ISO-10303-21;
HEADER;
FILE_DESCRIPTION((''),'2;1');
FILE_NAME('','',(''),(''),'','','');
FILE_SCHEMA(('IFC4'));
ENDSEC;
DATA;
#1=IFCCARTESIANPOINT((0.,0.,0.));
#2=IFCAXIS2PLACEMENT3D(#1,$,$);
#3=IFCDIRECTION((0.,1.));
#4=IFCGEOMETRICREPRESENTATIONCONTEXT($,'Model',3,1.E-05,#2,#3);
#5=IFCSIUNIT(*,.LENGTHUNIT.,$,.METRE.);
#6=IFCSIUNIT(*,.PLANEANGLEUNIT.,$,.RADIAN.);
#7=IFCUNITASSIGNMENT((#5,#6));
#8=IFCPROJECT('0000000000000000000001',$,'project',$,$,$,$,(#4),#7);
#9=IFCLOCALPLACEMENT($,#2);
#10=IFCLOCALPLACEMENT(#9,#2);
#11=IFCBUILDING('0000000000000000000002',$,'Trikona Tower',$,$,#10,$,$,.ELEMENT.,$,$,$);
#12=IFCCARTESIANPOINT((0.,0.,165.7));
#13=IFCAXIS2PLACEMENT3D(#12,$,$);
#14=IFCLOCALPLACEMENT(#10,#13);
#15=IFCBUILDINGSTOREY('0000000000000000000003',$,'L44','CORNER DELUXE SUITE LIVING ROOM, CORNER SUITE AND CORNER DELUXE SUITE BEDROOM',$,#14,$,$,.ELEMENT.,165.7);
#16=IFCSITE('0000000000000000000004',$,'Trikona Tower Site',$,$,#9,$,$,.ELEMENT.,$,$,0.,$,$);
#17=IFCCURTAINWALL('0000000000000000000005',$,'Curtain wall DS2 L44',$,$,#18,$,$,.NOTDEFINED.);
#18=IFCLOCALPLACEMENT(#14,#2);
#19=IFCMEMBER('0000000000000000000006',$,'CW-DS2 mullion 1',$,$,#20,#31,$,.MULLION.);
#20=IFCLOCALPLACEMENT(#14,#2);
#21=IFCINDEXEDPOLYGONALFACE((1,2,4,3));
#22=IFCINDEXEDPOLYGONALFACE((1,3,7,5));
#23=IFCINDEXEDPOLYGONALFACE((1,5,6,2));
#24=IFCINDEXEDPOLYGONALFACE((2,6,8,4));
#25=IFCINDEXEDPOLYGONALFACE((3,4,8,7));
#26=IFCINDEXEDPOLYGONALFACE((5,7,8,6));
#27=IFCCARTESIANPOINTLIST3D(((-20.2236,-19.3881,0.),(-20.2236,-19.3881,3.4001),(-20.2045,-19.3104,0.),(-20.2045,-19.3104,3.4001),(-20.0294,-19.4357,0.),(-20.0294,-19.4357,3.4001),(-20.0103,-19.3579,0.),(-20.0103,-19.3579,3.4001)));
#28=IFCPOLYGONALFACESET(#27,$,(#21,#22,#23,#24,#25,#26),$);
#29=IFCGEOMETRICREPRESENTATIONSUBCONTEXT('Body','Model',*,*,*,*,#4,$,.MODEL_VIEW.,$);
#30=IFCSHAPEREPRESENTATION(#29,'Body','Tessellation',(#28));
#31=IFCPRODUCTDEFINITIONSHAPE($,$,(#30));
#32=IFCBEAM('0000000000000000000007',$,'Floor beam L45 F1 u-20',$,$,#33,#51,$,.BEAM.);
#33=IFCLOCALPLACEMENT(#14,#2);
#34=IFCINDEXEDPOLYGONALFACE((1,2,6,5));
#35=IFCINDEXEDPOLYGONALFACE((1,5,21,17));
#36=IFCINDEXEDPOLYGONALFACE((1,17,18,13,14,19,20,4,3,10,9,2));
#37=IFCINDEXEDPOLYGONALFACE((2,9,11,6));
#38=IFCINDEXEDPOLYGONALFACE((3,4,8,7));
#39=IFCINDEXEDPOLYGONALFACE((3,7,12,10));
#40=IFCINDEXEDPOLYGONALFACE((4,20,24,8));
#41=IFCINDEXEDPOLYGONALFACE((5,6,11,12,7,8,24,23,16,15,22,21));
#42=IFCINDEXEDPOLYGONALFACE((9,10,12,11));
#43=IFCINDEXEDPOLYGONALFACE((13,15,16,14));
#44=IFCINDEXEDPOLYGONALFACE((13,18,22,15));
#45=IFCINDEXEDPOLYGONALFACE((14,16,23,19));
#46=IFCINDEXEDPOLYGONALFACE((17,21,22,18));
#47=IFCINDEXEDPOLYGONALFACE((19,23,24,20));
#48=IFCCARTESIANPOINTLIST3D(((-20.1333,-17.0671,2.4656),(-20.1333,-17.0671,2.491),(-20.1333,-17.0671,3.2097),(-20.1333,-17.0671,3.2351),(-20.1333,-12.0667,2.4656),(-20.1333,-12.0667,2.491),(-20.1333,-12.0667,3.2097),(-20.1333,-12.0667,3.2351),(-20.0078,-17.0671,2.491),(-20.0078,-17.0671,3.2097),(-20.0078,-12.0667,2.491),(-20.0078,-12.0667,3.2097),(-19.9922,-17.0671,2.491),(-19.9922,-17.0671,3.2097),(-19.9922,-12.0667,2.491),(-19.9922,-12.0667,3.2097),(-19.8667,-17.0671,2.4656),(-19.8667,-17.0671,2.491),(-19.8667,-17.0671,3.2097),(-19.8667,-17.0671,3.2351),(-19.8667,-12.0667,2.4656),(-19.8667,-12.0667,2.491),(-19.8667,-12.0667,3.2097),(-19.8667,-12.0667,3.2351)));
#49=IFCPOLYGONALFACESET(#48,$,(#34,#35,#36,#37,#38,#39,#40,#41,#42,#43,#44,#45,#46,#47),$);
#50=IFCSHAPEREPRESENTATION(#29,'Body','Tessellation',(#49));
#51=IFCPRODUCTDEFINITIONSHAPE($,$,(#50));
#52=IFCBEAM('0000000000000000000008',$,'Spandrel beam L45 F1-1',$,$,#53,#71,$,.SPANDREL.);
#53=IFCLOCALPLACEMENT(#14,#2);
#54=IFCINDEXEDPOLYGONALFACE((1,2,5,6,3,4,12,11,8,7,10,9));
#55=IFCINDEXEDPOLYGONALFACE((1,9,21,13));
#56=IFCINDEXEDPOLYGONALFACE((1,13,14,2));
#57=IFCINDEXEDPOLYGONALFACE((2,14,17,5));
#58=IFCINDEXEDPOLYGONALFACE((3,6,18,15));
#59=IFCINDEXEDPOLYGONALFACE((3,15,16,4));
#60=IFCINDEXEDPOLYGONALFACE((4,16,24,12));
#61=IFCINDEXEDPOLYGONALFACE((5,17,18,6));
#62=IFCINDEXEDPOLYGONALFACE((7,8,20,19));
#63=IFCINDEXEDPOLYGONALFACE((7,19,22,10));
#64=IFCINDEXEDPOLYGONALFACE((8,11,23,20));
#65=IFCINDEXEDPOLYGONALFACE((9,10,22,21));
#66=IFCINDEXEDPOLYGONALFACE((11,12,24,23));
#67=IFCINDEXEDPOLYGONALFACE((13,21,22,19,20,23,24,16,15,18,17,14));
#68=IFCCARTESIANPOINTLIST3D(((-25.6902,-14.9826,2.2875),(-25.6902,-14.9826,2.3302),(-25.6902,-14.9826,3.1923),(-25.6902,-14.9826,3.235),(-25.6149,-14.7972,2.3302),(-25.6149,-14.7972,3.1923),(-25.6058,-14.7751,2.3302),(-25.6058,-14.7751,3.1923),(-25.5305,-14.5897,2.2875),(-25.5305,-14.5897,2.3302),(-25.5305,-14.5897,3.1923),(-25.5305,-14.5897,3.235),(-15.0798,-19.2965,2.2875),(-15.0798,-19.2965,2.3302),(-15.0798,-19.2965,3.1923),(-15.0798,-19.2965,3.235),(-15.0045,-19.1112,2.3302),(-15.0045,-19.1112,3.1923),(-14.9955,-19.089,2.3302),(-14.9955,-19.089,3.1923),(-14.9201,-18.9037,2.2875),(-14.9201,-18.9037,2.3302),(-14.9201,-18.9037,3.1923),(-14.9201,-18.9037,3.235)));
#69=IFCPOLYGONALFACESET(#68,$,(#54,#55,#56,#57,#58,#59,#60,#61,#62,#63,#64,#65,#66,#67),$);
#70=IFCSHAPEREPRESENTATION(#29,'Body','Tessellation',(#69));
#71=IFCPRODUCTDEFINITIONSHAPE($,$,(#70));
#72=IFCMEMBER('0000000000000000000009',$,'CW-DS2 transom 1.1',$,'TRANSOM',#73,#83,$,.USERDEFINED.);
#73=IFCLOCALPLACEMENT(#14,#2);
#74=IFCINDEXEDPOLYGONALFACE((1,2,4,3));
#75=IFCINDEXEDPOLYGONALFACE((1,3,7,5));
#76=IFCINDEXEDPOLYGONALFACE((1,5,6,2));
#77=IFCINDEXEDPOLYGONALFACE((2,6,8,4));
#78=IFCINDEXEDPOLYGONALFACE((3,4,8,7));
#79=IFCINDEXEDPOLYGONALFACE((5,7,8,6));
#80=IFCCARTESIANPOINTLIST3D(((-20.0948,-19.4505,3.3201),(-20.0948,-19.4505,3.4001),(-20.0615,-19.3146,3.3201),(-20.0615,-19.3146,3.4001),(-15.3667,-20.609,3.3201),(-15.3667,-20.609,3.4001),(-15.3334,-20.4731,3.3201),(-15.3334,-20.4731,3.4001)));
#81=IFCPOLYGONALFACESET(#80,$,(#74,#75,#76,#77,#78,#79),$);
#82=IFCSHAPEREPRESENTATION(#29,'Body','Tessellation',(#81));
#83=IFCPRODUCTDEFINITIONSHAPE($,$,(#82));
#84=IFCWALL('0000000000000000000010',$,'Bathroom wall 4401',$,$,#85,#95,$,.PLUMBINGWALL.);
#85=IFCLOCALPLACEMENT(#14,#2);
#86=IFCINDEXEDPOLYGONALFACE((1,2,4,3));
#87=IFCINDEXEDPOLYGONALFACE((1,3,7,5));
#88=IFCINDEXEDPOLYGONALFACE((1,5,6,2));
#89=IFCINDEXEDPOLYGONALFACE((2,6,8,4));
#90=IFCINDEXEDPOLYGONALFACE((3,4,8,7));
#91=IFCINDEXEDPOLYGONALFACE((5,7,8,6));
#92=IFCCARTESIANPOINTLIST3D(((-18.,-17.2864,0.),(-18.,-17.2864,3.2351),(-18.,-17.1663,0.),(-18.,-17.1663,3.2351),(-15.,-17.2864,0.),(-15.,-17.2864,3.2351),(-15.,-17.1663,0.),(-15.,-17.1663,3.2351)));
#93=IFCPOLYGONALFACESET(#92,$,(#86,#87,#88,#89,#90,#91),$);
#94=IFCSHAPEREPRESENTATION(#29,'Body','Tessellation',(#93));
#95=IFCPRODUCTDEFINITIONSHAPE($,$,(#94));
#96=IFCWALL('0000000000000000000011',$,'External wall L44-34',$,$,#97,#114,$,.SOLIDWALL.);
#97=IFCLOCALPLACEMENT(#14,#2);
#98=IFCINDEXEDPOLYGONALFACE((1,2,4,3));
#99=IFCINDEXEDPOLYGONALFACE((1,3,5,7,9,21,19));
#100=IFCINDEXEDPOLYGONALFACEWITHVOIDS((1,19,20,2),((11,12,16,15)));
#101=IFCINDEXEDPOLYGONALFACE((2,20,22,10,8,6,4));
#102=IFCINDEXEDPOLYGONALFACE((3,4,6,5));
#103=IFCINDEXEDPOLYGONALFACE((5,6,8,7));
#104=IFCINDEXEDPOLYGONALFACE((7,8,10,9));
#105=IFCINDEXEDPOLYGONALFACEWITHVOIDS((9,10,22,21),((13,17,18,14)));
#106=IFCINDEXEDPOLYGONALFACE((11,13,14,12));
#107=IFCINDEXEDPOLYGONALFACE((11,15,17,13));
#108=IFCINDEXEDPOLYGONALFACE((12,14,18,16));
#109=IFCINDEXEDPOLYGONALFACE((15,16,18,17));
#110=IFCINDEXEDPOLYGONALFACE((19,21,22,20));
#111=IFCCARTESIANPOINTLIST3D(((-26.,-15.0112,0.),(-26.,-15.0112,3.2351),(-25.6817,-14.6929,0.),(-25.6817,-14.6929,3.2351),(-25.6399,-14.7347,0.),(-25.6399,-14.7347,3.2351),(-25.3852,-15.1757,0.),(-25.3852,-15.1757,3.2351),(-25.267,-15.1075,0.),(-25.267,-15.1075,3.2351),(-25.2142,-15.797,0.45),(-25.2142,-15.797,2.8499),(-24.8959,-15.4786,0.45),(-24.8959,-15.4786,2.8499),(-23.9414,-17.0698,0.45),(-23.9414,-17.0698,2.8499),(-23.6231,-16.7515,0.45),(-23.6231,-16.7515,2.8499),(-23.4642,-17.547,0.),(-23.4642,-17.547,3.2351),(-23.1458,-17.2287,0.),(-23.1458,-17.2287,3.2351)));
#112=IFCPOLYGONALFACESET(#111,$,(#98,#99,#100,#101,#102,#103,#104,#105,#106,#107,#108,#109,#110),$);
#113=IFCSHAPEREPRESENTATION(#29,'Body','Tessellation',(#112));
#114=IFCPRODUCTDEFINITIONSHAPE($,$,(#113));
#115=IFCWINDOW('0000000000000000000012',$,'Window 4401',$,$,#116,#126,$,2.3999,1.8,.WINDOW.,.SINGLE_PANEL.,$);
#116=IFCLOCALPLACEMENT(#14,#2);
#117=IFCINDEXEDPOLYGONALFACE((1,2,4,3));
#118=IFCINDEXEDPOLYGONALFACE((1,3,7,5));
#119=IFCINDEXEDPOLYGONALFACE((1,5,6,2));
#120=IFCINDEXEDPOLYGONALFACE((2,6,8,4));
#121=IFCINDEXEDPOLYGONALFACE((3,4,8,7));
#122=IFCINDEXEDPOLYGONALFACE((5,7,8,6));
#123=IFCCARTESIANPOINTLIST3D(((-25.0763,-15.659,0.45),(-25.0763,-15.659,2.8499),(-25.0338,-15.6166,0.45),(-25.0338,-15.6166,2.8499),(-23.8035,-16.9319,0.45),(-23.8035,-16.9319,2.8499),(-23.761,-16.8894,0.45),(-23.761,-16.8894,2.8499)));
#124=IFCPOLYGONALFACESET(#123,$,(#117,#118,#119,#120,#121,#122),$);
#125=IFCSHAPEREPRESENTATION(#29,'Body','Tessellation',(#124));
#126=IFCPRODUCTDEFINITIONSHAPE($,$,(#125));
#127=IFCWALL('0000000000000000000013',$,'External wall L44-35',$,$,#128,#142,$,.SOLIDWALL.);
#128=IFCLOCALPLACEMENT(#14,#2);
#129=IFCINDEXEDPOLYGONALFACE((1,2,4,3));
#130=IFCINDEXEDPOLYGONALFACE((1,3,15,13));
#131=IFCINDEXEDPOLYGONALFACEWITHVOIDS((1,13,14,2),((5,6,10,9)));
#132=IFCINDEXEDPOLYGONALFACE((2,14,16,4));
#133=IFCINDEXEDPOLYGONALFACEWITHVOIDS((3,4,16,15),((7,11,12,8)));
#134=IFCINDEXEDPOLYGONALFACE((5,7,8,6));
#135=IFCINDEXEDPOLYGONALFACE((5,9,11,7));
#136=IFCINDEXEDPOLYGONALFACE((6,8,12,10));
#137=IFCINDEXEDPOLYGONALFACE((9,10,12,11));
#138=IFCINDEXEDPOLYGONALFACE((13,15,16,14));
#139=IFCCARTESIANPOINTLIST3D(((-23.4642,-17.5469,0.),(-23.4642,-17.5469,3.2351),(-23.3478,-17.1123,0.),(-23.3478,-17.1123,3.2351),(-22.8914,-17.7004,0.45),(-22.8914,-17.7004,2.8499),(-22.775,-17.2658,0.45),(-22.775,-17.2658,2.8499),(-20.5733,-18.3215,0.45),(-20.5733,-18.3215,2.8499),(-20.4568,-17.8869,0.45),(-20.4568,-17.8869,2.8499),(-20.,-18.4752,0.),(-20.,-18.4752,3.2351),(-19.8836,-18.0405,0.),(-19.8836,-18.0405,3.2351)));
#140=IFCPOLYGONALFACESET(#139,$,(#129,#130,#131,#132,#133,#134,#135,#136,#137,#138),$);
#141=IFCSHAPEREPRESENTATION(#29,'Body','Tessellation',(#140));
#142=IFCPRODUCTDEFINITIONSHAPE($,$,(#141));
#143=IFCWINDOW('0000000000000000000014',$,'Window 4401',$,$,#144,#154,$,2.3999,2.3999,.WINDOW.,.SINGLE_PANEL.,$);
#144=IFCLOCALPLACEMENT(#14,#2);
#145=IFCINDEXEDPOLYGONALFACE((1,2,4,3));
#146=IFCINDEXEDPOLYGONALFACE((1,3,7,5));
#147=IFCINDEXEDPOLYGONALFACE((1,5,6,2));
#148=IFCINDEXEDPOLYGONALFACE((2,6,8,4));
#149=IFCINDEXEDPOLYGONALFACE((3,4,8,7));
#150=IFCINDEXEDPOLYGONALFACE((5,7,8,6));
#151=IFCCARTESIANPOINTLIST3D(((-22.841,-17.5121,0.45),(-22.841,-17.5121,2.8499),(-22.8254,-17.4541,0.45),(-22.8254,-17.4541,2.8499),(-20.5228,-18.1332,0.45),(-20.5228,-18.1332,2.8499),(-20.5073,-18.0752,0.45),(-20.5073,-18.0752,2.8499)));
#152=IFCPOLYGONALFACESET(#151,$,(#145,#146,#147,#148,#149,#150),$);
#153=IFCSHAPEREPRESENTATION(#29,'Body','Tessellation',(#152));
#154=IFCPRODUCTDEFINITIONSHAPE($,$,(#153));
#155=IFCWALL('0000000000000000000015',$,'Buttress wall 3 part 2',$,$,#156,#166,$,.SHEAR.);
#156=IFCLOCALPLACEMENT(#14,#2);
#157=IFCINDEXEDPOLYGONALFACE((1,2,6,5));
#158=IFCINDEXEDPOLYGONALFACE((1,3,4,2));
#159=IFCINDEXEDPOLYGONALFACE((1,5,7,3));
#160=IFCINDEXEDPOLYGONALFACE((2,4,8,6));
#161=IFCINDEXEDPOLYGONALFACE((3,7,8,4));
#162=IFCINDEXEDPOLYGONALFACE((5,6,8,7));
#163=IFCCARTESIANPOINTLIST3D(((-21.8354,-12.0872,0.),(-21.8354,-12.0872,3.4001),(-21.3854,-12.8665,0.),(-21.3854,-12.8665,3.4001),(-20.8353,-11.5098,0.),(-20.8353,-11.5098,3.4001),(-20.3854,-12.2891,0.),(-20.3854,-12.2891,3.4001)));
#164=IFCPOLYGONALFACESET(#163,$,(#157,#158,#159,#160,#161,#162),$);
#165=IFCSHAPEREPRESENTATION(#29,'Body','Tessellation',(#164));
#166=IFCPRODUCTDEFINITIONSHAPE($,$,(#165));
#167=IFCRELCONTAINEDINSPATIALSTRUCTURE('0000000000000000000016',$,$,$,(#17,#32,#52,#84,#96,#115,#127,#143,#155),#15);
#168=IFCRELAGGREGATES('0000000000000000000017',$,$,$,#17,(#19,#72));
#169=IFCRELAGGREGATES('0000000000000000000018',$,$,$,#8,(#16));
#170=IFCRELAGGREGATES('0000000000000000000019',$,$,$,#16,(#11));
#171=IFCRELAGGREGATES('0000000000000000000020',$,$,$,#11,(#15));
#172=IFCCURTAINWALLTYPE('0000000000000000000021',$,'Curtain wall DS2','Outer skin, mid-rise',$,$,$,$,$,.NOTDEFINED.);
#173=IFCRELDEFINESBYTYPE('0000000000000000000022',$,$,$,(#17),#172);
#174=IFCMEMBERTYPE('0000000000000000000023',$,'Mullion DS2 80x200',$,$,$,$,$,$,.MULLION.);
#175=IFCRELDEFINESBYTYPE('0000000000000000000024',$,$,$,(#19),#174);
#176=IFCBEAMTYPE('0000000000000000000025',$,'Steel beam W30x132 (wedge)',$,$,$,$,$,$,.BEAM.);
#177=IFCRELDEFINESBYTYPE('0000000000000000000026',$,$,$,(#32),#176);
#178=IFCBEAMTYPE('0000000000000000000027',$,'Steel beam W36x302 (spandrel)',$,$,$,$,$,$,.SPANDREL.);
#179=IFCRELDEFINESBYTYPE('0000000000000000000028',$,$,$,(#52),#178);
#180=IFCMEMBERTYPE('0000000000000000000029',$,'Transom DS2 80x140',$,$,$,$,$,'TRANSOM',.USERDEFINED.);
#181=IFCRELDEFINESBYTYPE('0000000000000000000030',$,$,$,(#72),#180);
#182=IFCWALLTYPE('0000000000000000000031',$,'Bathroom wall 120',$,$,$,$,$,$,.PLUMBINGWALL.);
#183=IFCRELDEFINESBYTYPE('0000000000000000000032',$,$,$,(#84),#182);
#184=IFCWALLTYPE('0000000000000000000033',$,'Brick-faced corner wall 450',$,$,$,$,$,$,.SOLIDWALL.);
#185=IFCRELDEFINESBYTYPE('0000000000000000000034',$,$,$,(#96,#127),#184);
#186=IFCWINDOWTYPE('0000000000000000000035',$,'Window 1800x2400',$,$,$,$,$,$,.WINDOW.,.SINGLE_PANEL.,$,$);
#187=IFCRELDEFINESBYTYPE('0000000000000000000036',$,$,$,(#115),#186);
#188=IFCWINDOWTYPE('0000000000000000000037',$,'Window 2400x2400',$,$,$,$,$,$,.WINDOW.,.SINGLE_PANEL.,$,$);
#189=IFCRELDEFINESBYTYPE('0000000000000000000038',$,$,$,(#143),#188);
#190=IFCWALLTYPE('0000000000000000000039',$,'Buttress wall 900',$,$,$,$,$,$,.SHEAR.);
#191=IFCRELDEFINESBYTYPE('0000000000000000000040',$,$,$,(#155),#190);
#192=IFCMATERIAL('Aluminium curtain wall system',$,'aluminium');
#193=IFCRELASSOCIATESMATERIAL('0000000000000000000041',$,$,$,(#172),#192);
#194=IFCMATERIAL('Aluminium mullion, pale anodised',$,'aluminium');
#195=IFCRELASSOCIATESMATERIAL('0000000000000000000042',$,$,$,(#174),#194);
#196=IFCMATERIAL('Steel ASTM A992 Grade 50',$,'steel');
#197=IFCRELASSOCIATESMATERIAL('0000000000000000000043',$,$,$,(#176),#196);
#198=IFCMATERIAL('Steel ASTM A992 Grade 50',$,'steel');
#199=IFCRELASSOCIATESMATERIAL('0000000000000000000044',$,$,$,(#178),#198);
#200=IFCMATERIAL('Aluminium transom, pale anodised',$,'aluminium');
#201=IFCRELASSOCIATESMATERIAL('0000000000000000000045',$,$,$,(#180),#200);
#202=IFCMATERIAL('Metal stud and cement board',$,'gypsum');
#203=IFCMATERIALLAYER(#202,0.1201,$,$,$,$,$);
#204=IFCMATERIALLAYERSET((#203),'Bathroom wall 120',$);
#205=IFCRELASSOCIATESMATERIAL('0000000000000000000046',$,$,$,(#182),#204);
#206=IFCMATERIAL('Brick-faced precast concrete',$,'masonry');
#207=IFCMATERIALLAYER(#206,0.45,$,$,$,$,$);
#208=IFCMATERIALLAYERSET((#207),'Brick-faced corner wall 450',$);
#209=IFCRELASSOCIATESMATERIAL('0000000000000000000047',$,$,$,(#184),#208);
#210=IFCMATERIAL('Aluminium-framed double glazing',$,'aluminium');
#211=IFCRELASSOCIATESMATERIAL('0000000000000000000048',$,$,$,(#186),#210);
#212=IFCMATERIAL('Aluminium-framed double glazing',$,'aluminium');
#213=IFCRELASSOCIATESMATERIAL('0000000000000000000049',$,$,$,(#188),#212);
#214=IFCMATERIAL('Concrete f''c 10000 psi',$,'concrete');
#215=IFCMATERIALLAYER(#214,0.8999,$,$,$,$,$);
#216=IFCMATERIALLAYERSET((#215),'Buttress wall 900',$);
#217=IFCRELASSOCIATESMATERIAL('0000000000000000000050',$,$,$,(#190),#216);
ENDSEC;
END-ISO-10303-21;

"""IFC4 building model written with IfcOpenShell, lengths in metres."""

from ifc_helpers import new_model, si_unit, direction, frame, frame_2d, origin, origin_2d, place, context, subcontext, project, spatial, polyline, rectangle, i_section, outline, extrude, material, layer, layer_set, material_profile, profile_set, type_object, element, fill, aggregate, save


model = new_model("IFC4")

# Units and contexts
model_context = context("Model", 3, precision=1e-05, world=origin(), true_north=direction((0.0, 1.0)))
body_context = subcontext(model_context, "Body", "Model", "MODEL_VIEW")
ifc_project = project(units=[si_unit("LENGTHUNIT", "METRE"), si_unit("PLANEANGLEUNIT", "RADIAN")], contexts=[model_context])

# Site, building, storey
site_placement = place(None, origin())
site = spatial("IfcSite", under=ifc_project, at=site_placement, Name="Trikona Tower Site", CompositionType="ELEMENT", RefElevation=0.0)
building_placement = place(site_placement, origin())
building = spatial("IfcBuilding", under=site, at=building_placement, Name="Trikona Tower", CompositionType="ELEMENT")
storey_placement = place(building_placement, frame((0.0, 0.0, 165.7)))
storey = spatial("IfcBuildingStorey", under=building, at=storey_placement, Name="L44", Description="CORNER DELUXE SUITE LIVING ROOM, CORNER SUITE AND CORNER DELUXE SUITE BEDROOM", CompositionType="ELEMENT", Elevation=165.7)

# Curtain wall, member
ifc_material_1 = material(Name="Aluminium curtain wall system", Category="aluminium")
curtain_wall_type = type_object("IfcCurtainWallType", Name="Curtain wall DS2", Description="Outer skin, mid-rise", PredefinedType="NOTDEFINED", material=ifc_material_1)
curtain_wall_placement = place(storey_placement, origin())
curtain_wall = element("IfcCurtainWall", 1, at=curtain_wall_placement, inside=storey, type_object=curtain_wall_type, Name="Curtain wall DS2 L44", PredefinedType="NOTDEFINED")
ifc_material_2 = material(Name="Aluminium mullion, pale anodised", Category="aluminium")
ifc_material_profile_1 = material_profile(ifc_material_2, rectangle(XDim=0.0801, YDim=0.2, at=origin_2d()), Name="MUL-DS2")
ifc_profile_set_1 = profile_set([ifc_material_profile_1], Name="Aluminium mullion, pale anodised")
member_type_1 = type_object("IfcMemberType", Name="Mullion DS2 80x200", PredefinedType="MULLION", material=ifc_profile_set_1)
member_1_placement = place(storey_placement, frame((-20.1169, -19.373, 0.0), z_axis=(0.0, 0.0, 1.0), x_axis=(0.23797, 0.971272, 0.0)))
member_1 = element("IfcMember", 2, at=member_1_placement, type_object=member_type_1, Name="CW-DS2 mullion 1", PredefinedType="MULLION", context=body_context, shape_type="SweptSolid", body=[
    extrude(rectangle(XDim=0.0801, YDim=0.2, at=origin_2d()), origin(), (0.0, 0.0, 1.0), 3.4001),
])

# Beams
ifc_material_3 = material(Name="Steel ASTM A992 Grade 50", Category="steel")
ifc_material_profile_2 = material_profile(ifc_material_3, i_section(OverallWidth=0.2666, OverallDepth=0.7695, WebThickness=0.0156, FlangeThickness=0.0254, at=origin_2d()), Name="W30X132")
ifc_profile_set_2 = profile_set([ifc_material_profile_2], Name="Steel ASTM A992 Grade 50")
beam_type_1 = type_object("IfcBeamType", Name="Steel beam W30x132 (wedge)", PredefinedType="BEAM", material=ifc_profile_set_2)
beam_1_placement = place(storey_placement, frame((-20.0, -12.0667, 2.8503), z_axis=(0.0, -1.0, 0.0), x_axis=(1.0, 0.0, 0.0)))
element("IfcBeam", 3, at=beam_1_placement, inside=storey, type_object=beam_type_1, Name="Floor beam L45 F1 u-20", PredefinedType="BEAM", context=body_context, shape_type="SweptSolid", body=[
    extrude(i_section(OverallWidth=0.2666, OverallDepth=0.7695, WebThickness=0.0156, FlangeThickness=0.0254, at=origin_2d()), origin(), (0.0, 0.0, 1.0), 5.0005),
])
ifc_material_4 = material(Name="Steel ASTM A992 Grade 50", Category="steel")
ifc_material_profile_3 = material_profile(ifc_material_4, i_section(OverallWidth=0.4241, OverallDepth=0.9475, WebThickness=0.0239, FlangeThickness=0.0427, at=origin_2d()), Name="W36X302")
ifc_profile_set_3 = profile_set([ifc_material_profile_3], Name="Steel ASTM A992 Grade 50")
beam_type_2 = type_object("IfcBeamType", Name="Steel beam W36x302 (spandrel)", PredefinedType="SPANDREL", material=ifc_profile_set_3)
beam_2_placement = place(storey_placement, frame((-25.6104, -14.7861, 2.7612), z_axis=(0.92636, -0.37664, 0.0), x_axis=(0.37664, 0.92636, 0.0)))
element("IfcBeam", 4, at=beam_2_placement, inside=storey, type_object=beam_type_2, Name="Spandrel beam L45 F1-1", PredefinedType="SPANDREL", context=body_context, shape_type="SweptSolid", body=[
    extrude(i_section(OverallWidth=0.4241, OverallDepth=0.9475, WebThickness=0.0239, FlangeThickness=0.0427, at=origin_2d()), origin(), (0.0, 0.0, 1.0), 11.4539),
])

# Member
ifc_material_5 = material(Name="Aluminium transom, pale anodised", Category="aluminium")
ifc_material_profile_4 = material_profile(ifc_material_5, rectangle(XDim=0.1399, YDim=0.0801, at=origin_2d()), Name="TRN-DS2")
ifc_profile_set_4 = profile_set([ifc_material_profile_4], Name="Aluminium transom, pale anodised")
member_type_2 = type_object("IfcMemberType", Name="Transom DS2 80x140", ElementType="TRANSOM", PredefinedType="USERDEFINED", material=ifc_profile_set_4)
member_2_placement = place(storey_placement, frame((-20.0781, -19.3826, 3.3601), z_axis=(0.971271, -0.237978, 0.0), x_axis=(0.237978, 0.971271, 0.0)))
member_2 = element("IfcMember", 5, at=member_2_placement, type_object=member_type_2, Name="CW-DS2 transom 1.1", ObjectType="TRANSOM", PredefinedType="USERDEFINED", context=body_context, shape_type="SweptSolid", body=[
    extrude(rectangle(XDim=0.1399, YDim=0.0801, at=origin_2d()), origin(), (0.0, 0.0, 1.0), 4.8679),
])
aggregate(curtain_wall, [member_1, member_2])

# Wall
ifc_material_6 = material(Name="Metal stud and cement board", Category="gypsum")
ifc_layer_1 = layer(ifc_material_6, 0.1201)
ifc_layer_set_1 = layer_set([ifc_layer_1], Name="Bathroom wall 120")
wall_type_1 = type_object("IfcWallType", Name="Bathroom wall 120", PredefinedType="PLUMBINGWALL", material=ifc_layer_set_1)
wall_1_placement = place(storey_placement, frame((-18.0, -17.2263, 0.0), z_axis=(0.0, 0.0, 1.0), x_axis=(1.0, 0.0, 0.0)))
element("IfcWall", 6, at=wall_1_placement, inside=storey, type_object=wall_type_1, Name="Bathroom wall 4401", PredefinedType="PLUMBINGWALL", context=body_context, shape_type="SweptSolid", body=[
    extrude(rectangle(XDim=3.0, YDim=0.1201, at=frame_2d((1.5, 0.0))), origin(), (0.0, 0.0, 1.0), 3.2351),
])

# Walls, openings, windows
ifc_material_7 = material(Name="Brick-faced precast concrete", Category="masonry")
ifc_layer_2 = layer(ifc_material_7, 0.45)
ifc_layer_set_2 = layer_set([ifc_layer_2], Name="Brick-faced corner wall 450")
wall_type_2 = type_object("IfcWallType", Name="Brick-faced corner wall 450", PredefinedType="SOLIDWALL", material=ifc_layer_set_2)
wall_2_placement = place(storey_placement, frame((-25.8408, -14.8521, 0.0), z_axis=(0.0, 0.0, 1.0), x_axis=(0.707107, -0.707107, 0.0)))
wall_2 = element("IfcWall", 7, at=wall_2_placement, inside=storey, type_object=wall_type_2, Name="External wall L44-34", PredefinedType="SOLIDWALL", context=body_context, shape_type="SweptSolid", body=[
    extrude(outline(polyline([(3.5862, 0.2251), (0.5864, 0.2251), (0.551, 0.0933), (0.0591, 0.2251), (0.0, 0.2251), (0.0, -0.2251), (3.5862, -0.2251), (3.5862, 0.2251)])), origin(), (0.0, 0.0, 1.0), 3.2351),
])
opening_1_placement = place(wall_2_placement, frame((1.1113, 0.0, 0.45)))
opening_1 = element("IfcOpeningElement", 8, at=opening_1_placement, cuts=wall_2, PredefinedType="OPENING", context=body_context, shape_type="SweptSolid", body=[
    extrude(rectangle(XDim=1.8, YDim=2.3999, at=frame_2d((0.8999, 1.2))), frame((0.0, 0.2349, 0.0), z_axis=(0.0, -1.0, 0.0), x_axis=(1.0, 0.0, 0.0)), (0.0, 0.0, 1.0), 0.47),
])
ifc_material_8 = material(Name="Aluminium-framed double glazing", Category="aluminium")
window_type_1 = type_object("IfcWindowType", Name="Window 1800x2400", PartitioningType="SINGLE_PANEL", PredefinedType="WINDOW", material=ifc_material_8)
window_1_placement = place(opening_1_placement, origin())
window_1 = element("IfcWindow", 9, at=window_1_placement, inside=storey, type_object=window_type_1, Name="Window 4401", OverallHeight=2.3999, OverallWidth=1.8, PartitioningType="SINGLE_PANEL", PredefinedType="WINDOW", context=body_context, shape_type="SweptSolid", body=[
    extrude(rectangle(XDim=1.8, YDim=2.3999, at=frame_2d((0.8999, 1.2))), frame((0.0, 0.03, 0.0), z_axis=(0.0, -1.0, 0.0), x_axis=(1.0, 0.0, 0.0)), (0.0, 0.0, 1.0), 0.0601),
])
fill(opening_1, window_1)
wall_3_placement = place(storey_placement, frame((-23.406, -17.3296, 0.0), z_axis=(0.0, 0.0, 1.0), x_axis=(0.965925, -0.258823, 0.0)))
wall_3 = element("IfcWall", 10, at=wall_3_placement, inside=storey, type_object=wall_type_2, Name="External wall L44-35", PredefinedType="SOLIDWALL", context=body_context, shape_type="SweptSolid", body=[
    extrude(rectangle(XDim=3.5864, YDim=0.45, at=frame_2d((1.7932, 0.0))), origin(), (0.0, 0.0, 1.0), 3.2351),
])
opening_2_placement = place(wall_3_placement, frame((0.593, 0.0, 0.45)))
opening_2 = element("IfcOpeningElement", 11, at=opening_2_placement, cuts=wall_3, PredefinedType="OPENING", context=body_context, shape_type="SweptSolid", body=[
    extrude(rectangle(XDim=2.3999, YDim=2.3999, at=frame_2d((1.2, 1.2))), frame((0.0, 0.2349, 0.0), z_axis=(0.0, -1.0, 0.0), x_axis=(1.0, 0.0, 0.0)), (0.0, 0.0, 1.0), 0.47),
])
ifc_material_9 = material(Name="Aluminium-framed double glazing", Category="aluminium")
window_type_2 = type_object("IfcWindowType", Name="Window 2400x2400", PartitioningType="SINGLE_PANEL", PredefinedType="WINDOW", material=ifc_material_9)
window_2_placement = place(opening_2_placement, origin())
window_2 = element("IfcWindow", 12, at=window_2_placement, inside=storey, type_object=window_type_2, Name="Window 4401", OverallHeight=2.3999, OverallWidth=2.3999, PartitioningType="SINGLE_PANEL", PredefinedType="WINDOW", context=body_context, shape_type="SweptSolid", body=[
    extrude(rectangle(XDim=2.3999, YDim=2.3999, at=frame_2d((1.2, 1.2))), frame((0.0, 0.03, 0.0), z_axis=(0.0, -1.0, 0.0), x_axis=(1.0, 0.0, 0.0)), (0.0, 0.0, 1.0), 0.0601),
])
fill(opening_2, window_2)

# Wall
ifc_material_10 = material(Name="Concrete f'c 10000 psi", Category="concrete")
ifc_layer_3 = layer(ifc_material_10, 0.8999)
ifc_layer_set_3 = layer_set([ifc_layer_3], Name="Buttress wall 900")
wall_type_3 = type_object("IfcWallType", Name="Buttress wall 900", PredefinedType="SHEAR", material=ifc_layer_set_3)
wall_4_placement = place(storey_placement, frame((-20.6104, -11.8994, 0.0), z_axis=(0.0, 0.0, 1.0), x_axis=(-0.86601, -0.500027, 0.0)))
element("IfcWall", 13, at=wall_4_placement, inside=storey, type_object=wall_type_3, Name="Buttress wall 3 part 2", PredefinedType="SHEAR", context=body_context, shape_type="SweptSolid", body=[
    extrude(rectangle(XDim=1.1548, YDim=0.8999, at=frame_2d((0.5774, 0.0))), origin(), (0.0, 0.0, 1.0), 3.4001),
])

save(model, "model.ifc")
